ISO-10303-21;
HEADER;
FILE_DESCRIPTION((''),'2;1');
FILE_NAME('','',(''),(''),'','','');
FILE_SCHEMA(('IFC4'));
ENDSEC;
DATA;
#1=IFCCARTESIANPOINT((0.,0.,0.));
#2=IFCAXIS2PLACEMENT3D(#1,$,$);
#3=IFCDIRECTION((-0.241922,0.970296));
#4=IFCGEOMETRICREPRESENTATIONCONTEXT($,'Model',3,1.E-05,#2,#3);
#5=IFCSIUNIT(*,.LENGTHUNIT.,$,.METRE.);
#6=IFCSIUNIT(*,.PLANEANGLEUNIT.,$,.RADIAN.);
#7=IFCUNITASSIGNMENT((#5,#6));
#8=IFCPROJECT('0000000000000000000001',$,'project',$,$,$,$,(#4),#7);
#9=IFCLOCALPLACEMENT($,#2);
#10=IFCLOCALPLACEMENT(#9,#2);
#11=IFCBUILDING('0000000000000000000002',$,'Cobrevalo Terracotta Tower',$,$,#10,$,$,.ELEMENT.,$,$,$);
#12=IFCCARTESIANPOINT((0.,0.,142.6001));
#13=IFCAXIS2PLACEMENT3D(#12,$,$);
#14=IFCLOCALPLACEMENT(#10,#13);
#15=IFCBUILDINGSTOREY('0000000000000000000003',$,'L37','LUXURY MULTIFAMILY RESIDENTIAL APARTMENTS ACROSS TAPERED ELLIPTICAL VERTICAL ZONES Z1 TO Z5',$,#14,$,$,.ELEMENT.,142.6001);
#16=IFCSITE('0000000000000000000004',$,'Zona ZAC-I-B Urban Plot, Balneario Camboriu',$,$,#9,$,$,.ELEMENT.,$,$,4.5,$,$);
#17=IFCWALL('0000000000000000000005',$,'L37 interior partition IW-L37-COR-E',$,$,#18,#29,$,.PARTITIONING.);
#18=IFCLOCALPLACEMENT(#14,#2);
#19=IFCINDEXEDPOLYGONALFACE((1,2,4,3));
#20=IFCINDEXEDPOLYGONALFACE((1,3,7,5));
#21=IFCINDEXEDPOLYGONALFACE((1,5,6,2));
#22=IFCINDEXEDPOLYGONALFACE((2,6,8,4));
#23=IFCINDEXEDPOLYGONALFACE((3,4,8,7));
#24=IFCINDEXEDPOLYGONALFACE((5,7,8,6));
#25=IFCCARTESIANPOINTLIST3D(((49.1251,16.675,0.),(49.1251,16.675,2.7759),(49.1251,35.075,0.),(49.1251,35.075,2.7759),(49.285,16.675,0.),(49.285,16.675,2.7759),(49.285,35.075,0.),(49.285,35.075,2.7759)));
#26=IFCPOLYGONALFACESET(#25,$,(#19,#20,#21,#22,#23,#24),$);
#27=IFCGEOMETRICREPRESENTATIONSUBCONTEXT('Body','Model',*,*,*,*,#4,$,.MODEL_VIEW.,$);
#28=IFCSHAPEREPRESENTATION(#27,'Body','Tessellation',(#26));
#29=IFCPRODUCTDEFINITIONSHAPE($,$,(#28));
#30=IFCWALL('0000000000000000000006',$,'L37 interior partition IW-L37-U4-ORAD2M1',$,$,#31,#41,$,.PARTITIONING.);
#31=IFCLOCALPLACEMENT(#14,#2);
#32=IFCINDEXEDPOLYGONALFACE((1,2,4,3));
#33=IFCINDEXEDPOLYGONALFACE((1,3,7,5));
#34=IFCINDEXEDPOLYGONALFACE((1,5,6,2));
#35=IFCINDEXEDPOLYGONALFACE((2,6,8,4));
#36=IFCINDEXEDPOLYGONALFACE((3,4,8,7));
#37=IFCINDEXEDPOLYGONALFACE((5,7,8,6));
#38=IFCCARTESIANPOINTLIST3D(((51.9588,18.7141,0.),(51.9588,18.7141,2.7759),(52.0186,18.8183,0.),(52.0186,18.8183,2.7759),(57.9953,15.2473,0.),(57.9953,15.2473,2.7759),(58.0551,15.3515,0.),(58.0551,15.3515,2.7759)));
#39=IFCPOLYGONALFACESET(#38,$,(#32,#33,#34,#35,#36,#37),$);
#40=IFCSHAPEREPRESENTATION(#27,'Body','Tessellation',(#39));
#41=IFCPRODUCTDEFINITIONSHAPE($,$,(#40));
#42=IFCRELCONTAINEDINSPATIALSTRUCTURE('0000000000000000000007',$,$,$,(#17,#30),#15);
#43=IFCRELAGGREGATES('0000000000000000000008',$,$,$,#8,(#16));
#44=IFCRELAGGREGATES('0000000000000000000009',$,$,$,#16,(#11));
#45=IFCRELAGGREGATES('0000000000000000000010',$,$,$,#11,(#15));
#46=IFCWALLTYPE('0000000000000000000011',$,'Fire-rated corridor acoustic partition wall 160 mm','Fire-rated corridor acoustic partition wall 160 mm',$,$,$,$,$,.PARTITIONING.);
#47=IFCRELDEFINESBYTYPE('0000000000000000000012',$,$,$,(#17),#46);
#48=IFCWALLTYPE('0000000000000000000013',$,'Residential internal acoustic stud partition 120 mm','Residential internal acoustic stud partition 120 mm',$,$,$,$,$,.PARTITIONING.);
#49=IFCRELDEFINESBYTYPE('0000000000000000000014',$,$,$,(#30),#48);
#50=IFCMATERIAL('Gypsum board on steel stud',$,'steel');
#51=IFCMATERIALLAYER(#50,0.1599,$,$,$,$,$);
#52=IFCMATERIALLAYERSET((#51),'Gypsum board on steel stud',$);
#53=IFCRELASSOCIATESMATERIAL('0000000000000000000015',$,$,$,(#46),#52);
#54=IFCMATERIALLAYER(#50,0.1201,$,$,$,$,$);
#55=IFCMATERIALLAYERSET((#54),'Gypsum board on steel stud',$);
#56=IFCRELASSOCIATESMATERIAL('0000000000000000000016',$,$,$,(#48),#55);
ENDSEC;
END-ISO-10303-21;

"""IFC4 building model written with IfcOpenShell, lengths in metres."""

from ifc_helpers import new_model, si_unit, direction, frame, frame_2d, origin, place, context, subcontext, project, spatial, rectangle, extrude, material, layer, layer_set, type_object, element, save


model = new_model("IFC4")

# Units and contexts
model_context = context("Model", 3, precision=1e-05, world=origin(), true_north=direction((-0.241922, 0.970296)))
body_context = subcontext(model_context, "Body", "Model", "MODEL_VIEW")
ifc_project = project(units=[si_unit("LENGTHUNIT", "METRE"), si_unit("PLANEANGLEUNIT", "RADIAN")], contexts=[model_context])

# Site, building, storey
site_placement = place(None, origin())
site = spatial("IfcSite", under=ifc_project, at=site_placement, Name="Zona ZAC-I-B Urban Plot, Balneario Camboriu", CompositionType="ELEMENT", RefElevation=4.5)
building_placement = place(site_placement, origin())
building = spatial("IfcBuilding", under=site, at=building_placement, Name="Cobrevalo Terracotta Tower", CompositionType="ELEMENT")
storey_placement = place(building_placement, frame((0.0, 0.0, 142.6001)))
storey = spatial("IfcBuildingStorey", under=building, at=storey_placement, Name="L37", Description="LUXURY MULTIFAMILY RESIDENTIAL APARTMENTS ACROSS TAPERED ELLIPTICAL VERTICAL ZONES Z1 TO Z5", CompositionType="ELEMENT", Elevation=142.6001)

# Walls
ifc_material_1 = material(Name="Gypsum board on steel stud", Category="steel")
ifc_layer_1 = layer(ifc_material_1, 0.1599)
ifc_layer_set_1 = layer_set([ifc_layer_1], Name="Gypsum board on steel stud")
wall_type_1 = type_object("IfcWallType", Name="Fire-rated corridor acoustic partition wall 160 mm", Description="Fire-rated corridor acoustic partition wall 160 mm", PredefinedType="PARTITIONING", material=ifc_layer_set_1)
wall_1_placement = place(storey_placement, frame((49.2051, 16.675, 0.0), z_axis=(0.0, 0.0, 1.0), x_axis=(0.0, 1.0, 0.0)))
element("IfcWall", 1, at=wall_1_placement, inside=storey, type_object=wall_type_1, Name="L37 interior partition IW-L37-COR-E", PredefinedType="PARTITIONING", context=body_context, shape_type="SweptSolid", body=[
    extrude(rectangle(XDim=18.3999, YDim=0.1599, at=frame_2d((9.2, 0.0))), origin(), (0.0, 0.0, 1.0), 2.7759),
])
ifc_layer_2 = layer(ifc_material_1, 0.1201)
ifc_layer_set_2 = layer_set([ifc_layer_2], Name="Gypsum board on steel stud")
wall_type_2 = type_object("IfcWallType", Name="Residential internal acoustic stud partition 120 mm", Description="Residential internal acoustic stud partition 120 mm", PredefinedType="PARTITIONING", material=ifc_layer_set_2)
wall_2_placement = place(storey_placement, frame((51.9888, 18.7661, 0.0), z_axis=(0.0, 0.0, 1.0), x_axis=(0.867171, -0.498011, 0.0)))
element("IfcWall", 2, at=wall_2_placement, inside=storey, type_object=wall_type_2, Name="L37 interior partition IW-L37-U4-ORAD2M1", PredefinedType="PARTITIONING", context=body_context, shape_type="SweptSolid", body=[
    extrude(rectangle(XDim=6.9612, YDim=0.1201, at=frame_2d((3.4805, 0.0))), origin(), (0.0, 0.0, 1.0), 2.7759),
])

save(model, "model.ifc")
